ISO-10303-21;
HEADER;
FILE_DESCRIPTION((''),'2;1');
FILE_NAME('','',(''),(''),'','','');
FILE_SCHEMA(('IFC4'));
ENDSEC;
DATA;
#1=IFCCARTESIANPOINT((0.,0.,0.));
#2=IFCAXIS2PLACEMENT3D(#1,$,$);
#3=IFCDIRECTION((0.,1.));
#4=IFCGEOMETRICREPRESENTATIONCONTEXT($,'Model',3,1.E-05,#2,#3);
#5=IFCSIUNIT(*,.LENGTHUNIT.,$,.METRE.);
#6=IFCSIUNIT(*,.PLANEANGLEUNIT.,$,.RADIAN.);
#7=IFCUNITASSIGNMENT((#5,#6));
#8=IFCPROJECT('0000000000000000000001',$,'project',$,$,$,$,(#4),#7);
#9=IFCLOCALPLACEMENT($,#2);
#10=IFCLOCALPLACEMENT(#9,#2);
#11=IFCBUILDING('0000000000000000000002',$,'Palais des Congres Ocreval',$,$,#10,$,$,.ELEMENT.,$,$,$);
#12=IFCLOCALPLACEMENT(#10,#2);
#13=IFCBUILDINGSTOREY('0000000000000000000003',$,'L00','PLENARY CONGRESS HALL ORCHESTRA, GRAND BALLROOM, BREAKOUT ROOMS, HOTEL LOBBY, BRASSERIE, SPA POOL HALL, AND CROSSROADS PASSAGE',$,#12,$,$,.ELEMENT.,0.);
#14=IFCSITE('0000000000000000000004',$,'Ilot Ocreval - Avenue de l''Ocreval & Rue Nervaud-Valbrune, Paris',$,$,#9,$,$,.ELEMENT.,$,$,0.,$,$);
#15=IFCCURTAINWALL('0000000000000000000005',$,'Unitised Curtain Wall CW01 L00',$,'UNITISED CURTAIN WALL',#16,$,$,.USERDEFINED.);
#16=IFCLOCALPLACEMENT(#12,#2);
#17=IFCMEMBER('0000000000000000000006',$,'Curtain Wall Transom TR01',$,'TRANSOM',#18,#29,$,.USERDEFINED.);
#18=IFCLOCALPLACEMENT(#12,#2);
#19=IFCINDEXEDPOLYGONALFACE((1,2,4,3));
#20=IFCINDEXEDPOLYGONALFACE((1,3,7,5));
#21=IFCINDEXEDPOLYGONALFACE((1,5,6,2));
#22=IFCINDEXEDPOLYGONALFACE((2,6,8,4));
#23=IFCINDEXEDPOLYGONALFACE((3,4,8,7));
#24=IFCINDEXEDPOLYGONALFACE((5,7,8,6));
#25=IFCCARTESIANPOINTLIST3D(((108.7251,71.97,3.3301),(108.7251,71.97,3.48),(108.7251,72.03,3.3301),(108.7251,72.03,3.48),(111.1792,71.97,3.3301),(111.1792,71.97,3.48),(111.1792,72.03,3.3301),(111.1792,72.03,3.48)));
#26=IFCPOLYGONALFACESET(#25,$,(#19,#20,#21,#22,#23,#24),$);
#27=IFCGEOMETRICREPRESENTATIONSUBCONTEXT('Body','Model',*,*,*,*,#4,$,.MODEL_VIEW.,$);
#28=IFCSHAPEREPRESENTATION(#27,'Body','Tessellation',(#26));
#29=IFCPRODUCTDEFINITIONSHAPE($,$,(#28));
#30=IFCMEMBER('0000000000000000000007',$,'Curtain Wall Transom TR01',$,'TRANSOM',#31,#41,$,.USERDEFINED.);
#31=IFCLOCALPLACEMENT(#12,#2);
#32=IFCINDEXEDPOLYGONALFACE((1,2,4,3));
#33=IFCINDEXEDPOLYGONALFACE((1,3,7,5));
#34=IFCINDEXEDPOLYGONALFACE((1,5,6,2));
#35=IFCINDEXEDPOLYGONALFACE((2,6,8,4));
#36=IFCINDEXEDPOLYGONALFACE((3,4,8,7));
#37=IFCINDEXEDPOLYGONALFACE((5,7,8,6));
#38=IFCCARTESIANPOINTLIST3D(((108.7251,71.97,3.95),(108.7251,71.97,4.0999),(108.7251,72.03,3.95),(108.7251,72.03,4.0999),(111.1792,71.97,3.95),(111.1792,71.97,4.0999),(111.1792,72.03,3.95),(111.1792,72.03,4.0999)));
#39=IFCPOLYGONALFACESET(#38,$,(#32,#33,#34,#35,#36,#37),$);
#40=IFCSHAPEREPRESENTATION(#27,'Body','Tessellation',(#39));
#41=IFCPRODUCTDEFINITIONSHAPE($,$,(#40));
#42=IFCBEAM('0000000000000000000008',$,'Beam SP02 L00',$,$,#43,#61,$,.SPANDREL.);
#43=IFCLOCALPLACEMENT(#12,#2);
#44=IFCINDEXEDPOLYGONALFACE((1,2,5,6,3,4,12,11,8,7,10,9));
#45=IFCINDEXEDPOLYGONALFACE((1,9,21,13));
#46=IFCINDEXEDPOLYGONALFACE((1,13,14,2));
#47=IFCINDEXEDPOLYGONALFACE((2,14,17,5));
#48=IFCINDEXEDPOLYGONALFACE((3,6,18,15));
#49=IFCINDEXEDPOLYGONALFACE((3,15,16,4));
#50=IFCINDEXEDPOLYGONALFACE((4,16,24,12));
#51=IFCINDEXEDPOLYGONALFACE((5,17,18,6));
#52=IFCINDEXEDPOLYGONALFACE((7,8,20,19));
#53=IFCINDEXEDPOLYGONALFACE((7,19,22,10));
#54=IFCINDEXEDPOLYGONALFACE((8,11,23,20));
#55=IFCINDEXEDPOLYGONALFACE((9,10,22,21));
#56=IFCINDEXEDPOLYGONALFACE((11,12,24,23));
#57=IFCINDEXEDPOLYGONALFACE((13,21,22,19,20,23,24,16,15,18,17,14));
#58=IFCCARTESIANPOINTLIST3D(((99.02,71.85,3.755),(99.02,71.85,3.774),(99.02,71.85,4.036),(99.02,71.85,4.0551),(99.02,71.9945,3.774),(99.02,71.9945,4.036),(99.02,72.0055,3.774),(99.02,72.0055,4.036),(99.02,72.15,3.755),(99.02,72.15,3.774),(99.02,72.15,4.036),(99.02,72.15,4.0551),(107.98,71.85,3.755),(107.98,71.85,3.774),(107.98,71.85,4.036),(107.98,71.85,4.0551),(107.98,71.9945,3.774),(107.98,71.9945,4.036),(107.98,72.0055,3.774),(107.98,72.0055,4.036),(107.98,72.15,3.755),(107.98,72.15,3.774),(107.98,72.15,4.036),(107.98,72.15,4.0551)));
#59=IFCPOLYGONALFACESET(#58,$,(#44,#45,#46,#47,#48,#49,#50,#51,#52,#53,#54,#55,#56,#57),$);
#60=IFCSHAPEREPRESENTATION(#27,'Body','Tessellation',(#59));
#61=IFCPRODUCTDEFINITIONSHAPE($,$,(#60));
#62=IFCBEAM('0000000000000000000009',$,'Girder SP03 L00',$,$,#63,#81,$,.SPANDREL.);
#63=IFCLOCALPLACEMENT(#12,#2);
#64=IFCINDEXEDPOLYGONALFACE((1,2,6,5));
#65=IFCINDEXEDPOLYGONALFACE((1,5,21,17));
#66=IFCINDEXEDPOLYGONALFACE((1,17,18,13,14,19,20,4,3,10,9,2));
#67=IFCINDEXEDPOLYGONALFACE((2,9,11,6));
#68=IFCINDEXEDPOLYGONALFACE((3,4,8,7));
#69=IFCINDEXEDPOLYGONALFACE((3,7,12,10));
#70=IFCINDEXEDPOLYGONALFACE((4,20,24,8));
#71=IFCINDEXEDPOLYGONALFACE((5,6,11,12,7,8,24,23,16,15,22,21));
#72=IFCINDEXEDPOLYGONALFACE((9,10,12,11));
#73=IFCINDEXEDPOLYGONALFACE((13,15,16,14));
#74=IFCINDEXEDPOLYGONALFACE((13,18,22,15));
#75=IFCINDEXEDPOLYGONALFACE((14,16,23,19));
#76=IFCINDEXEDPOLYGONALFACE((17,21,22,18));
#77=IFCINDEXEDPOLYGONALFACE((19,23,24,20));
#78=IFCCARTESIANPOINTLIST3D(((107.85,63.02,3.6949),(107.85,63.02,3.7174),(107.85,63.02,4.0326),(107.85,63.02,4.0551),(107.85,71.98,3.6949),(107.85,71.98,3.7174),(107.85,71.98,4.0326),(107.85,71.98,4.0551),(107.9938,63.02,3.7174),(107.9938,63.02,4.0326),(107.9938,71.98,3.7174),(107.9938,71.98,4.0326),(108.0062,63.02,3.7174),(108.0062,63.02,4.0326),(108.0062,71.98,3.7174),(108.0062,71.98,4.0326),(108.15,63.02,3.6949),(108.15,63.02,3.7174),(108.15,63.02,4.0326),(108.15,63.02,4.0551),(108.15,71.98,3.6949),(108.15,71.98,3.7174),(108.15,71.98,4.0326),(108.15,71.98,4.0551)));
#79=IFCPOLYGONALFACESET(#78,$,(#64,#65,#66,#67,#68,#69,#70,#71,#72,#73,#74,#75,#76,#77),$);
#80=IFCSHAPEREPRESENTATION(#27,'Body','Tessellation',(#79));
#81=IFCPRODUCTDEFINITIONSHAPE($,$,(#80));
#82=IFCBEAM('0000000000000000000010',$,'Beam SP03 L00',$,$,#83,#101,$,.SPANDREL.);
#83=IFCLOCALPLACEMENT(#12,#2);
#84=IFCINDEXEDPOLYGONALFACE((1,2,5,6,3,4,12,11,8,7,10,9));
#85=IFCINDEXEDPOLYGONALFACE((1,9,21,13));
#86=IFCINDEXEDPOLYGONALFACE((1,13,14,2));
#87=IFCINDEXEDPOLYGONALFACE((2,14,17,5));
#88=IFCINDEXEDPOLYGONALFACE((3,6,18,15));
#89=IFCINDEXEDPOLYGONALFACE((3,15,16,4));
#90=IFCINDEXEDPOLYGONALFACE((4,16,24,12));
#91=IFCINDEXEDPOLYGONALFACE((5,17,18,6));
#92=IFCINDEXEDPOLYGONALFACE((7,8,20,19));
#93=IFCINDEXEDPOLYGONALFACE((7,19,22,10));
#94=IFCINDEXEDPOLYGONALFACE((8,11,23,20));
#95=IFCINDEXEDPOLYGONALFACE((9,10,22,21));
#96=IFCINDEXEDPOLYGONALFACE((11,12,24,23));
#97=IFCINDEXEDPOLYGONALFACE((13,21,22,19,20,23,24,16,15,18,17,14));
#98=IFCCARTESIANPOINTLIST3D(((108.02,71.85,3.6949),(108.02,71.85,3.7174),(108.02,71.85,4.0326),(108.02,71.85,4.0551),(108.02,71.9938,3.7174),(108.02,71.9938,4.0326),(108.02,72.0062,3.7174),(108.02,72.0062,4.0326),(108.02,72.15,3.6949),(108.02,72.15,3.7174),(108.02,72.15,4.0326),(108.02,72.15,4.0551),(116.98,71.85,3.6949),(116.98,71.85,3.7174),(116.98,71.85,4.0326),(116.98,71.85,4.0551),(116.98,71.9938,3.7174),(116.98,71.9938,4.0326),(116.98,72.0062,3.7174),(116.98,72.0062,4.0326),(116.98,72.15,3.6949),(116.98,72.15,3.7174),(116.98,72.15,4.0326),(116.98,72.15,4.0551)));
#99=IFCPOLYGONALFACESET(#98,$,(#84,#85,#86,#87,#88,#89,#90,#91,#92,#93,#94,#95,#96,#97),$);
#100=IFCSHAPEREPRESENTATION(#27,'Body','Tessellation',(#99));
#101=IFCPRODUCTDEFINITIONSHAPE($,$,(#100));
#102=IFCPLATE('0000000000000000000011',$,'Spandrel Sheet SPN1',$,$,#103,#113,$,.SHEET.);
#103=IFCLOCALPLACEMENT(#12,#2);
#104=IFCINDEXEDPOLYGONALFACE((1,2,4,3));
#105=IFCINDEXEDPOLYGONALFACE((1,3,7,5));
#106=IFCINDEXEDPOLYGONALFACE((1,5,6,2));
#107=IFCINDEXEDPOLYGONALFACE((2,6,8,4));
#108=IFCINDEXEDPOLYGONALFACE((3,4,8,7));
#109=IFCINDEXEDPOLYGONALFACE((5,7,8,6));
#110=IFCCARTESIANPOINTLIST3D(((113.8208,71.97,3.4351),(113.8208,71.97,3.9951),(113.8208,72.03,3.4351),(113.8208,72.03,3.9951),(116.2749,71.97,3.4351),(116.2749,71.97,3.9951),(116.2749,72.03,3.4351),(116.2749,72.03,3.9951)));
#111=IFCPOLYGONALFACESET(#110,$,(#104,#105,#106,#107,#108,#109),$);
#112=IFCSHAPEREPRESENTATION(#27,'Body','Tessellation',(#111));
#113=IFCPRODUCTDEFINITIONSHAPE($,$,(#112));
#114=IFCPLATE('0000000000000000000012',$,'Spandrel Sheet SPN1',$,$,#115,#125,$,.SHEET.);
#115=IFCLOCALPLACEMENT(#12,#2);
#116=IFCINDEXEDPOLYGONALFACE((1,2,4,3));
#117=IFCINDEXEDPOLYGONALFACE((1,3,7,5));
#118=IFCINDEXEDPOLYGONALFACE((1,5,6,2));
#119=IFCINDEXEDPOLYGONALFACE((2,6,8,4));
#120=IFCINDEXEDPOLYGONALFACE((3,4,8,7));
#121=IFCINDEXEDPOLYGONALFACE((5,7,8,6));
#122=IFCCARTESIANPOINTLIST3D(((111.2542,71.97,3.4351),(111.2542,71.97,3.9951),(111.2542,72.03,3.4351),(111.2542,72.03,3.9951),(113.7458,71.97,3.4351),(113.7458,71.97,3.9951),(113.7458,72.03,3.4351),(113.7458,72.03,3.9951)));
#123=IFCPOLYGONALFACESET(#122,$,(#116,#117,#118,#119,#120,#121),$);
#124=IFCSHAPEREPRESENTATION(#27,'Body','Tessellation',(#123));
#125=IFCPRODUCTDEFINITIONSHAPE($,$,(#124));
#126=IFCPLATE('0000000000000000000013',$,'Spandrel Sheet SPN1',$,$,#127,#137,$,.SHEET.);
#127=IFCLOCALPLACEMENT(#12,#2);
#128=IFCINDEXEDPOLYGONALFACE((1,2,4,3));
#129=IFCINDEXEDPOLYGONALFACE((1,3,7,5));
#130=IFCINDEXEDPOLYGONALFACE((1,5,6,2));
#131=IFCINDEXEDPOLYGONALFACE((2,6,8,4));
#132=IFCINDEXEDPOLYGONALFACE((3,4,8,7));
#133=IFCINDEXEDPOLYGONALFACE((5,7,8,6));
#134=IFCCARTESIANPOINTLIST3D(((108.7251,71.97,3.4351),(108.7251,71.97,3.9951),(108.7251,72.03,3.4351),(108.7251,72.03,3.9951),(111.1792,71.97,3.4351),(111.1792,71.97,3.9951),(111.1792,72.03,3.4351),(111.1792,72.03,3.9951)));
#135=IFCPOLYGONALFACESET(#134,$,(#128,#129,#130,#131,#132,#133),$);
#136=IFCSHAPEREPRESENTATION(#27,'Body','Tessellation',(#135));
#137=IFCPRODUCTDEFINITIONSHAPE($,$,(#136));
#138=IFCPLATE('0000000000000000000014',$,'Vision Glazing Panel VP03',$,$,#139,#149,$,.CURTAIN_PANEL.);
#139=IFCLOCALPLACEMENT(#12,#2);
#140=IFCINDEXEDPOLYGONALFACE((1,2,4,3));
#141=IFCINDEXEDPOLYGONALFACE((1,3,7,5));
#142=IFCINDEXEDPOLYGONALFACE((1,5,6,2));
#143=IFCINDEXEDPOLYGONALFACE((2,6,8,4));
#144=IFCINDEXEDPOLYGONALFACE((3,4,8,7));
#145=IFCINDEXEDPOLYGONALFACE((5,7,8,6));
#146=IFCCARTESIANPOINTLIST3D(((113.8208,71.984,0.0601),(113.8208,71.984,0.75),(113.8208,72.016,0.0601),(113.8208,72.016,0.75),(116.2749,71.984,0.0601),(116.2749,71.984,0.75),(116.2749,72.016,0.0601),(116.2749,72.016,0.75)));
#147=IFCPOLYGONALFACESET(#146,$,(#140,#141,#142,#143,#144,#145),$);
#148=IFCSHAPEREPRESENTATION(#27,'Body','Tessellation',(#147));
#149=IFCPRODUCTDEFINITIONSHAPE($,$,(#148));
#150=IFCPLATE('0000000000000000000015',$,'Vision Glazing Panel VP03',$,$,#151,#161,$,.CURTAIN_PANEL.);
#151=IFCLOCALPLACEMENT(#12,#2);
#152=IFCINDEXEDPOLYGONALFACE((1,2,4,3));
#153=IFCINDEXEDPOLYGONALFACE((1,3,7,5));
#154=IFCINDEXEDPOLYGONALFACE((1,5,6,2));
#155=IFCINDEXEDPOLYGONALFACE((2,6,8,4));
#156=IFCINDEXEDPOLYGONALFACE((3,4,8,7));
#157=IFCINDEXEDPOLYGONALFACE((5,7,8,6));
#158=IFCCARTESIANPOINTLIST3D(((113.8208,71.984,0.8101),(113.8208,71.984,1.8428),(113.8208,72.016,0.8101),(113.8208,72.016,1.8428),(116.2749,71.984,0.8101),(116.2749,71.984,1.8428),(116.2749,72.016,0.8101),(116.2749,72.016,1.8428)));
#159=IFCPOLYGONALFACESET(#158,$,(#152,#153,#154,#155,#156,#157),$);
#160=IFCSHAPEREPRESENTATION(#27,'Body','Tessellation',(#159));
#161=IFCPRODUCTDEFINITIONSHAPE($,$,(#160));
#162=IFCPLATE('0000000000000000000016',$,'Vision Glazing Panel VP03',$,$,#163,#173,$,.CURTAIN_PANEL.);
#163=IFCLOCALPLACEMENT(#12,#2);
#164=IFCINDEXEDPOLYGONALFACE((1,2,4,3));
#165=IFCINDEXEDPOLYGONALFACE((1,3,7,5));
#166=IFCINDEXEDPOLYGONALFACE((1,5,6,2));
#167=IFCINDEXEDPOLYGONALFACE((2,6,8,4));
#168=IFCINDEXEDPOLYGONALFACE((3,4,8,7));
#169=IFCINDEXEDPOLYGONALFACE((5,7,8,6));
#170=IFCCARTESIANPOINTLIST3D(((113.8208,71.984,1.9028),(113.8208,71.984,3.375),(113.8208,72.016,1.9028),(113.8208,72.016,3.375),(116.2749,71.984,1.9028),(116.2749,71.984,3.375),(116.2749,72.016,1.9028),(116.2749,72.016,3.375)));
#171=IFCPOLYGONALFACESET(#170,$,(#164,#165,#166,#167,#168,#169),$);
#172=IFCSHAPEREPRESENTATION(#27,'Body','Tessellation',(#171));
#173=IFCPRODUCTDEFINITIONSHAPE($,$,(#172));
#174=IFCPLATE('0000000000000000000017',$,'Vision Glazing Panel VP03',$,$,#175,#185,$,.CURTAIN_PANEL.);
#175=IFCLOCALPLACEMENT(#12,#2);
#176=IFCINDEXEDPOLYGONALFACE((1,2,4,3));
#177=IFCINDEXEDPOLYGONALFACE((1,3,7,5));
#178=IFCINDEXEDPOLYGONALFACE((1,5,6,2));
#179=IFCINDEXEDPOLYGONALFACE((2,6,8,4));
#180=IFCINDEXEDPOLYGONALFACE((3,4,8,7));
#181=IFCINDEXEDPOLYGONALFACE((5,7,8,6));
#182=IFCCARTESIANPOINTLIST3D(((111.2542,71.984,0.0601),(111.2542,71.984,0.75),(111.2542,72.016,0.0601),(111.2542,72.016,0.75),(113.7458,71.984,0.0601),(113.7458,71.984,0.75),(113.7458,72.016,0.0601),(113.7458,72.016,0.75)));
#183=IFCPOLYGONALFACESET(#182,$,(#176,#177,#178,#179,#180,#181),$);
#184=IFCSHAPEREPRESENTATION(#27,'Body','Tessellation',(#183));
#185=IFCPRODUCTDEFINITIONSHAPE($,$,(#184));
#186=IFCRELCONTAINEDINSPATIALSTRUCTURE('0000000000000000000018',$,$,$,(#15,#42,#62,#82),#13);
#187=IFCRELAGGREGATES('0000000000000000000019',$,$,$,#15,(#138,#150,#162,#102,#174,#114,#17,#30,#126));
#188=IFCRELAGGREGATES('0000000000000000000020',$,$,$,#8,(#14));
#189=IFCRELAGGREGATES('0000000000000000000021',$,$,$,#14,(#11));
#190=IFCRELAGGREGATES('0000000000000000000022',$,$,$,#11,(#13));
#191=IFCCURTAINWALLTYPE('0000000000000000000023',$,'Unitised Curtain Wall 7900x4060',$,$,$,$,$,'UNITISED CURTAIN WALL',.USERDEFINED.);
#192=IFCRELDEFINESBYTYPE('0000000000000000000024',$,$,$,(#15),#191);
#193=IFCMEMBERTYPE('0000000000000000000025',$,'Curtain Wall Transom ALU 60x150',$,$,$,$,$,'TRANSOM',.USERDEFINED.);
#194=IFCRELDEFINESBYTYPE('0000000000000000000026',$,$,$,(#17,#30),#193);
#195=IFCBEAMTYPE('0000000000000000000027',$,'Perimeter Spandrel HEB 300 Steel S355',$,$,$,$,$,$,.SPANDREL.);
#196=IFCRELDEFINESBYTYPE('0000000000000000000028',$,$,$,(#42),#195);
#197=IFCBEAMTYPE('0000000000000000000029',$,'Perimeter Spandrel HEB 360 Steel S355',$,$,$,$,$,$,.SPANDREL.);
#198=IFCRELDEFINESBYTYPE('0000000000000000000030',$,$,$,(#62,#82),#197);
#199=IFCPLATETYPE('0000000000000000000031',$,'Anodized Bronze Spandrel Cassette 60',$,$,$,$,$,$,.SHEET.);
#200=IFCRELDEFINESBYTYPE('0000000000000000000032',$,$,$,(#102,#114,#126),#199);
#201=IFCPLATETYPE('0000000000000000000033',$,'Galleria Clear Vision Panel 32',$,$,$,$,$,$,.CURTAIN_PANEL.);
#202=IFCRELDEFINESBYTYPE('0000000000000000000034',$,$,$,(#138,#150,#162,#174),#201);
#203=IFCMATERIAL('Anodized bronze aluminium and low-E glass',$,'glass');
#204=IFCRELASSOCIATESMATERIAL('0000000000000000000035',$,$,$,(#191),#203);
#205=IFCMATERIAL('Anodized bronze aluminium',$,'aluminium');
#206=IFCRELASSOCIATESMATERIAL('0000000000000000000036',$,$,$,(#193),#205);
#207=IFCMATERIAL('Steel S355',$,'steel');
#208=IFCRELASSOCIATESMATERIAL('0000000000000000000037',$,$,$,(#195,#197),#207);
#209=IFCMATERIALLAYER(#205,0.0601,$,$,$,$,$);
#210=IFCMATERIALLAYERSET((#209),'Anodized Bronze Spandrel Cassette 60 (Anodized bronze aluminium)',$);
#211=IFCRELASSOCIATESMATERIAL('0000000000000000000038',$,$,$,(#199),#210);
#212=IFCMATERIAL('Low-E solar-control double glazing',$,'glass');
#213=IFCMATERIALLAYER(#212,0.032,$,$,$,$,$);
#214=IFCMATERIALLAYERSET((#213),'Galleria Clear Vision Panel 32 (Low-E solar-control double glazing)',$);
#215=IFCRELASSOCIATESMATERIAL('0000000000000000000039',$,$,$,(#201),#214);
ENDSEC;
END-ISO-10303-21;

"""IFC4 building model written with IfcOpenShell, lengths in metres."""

from ifc_helpers import new_model, si_unit, direction, frame, origin, origin_2d, place, context, subcontext, project, spatial, rectangle, i_section, extrude, material, layer, layer_set, material_profile, profile_set, type_object, element, aggregate, save


model = new_model("IFC4")

# Units and contexts
model_context = context("Model", 3, precision=1e-05, world=origin(), true_north=direction((0.0, 1.0)))
body_context = subcontext(model_context, "Body", "Model", "MODEL_VIEW")
ifc_project = project(units=[si_unit("LENGTHUNIT", "METRE"), si_unit("PLANEANGLEUNIT", "RADIAN")], contexts=[model_context])

# Site, building, storey
site_placement = place(None, origin())
site = spatial("IfcSite", under=ifc_project, at=site_placement, Name="Ilot Ocreval - Avenue de l'Ocreval & Rue Nervaud-Valbrune, Paris", CompositionType="ELEMENT", RefElevation=0.0)
building_placement = place(site_placement, origin())
building = spatial("IfcBuilding", under=site, at=building_placement, Name="Palais des Congres Ocreval", CompositionType="ELEMENT")
storey_placement = place(building_placement, origin())
storey = spatial("IfcBuildingStorey", under=building, at=storey_placement, Name="L00", Description="PLENARY CONGRESS HALL ORCHESTRA, GRAND BALLROOM, BREAKOUT ROOMS, HOTEL LOBBY, BRASSERIE, SPA POOL HALL, AND CROSSROADS PASSAGE", CompositionType="ELEMENT", Elevation=0.0)

# Curtain wall, members
ifc_material_1 = material(Name="Anodized bronze aluminium and low-E glass", Category="glass")
curtain_wall_type = type_object("IfcCurtainWallType", Name="Unitised Curtain Wall 7900x4060", ElementType="UNITISED CURTAIN WALL", PredefinedType="USERDEFINED", material=ifc_material_1)
curtain_wall_placement = place(storey_placement, origin())
curtain_wall = element("IfcCurtainWall", 1, at=curtain_wall_placement, inside=storey, type_object=curtain_wall_type, Name="Unitised Curtain Wall CW01 L00", ObjectType="UNITISED CURTAIN WALL", PredefinedType="USERDEFINED")
ifc_material_2 = material(Name="Anodized bronze aluminium", Category="aluminium")
ifc_material_profile_1 = material_profile(ifc_material_2, rectangle(XDim=0.0601, YDim=0.1499, at=origin_2d()), Name="ALU 60x150")
ifc_profile_set_1 = profile_set([ifc_material_profile_1], Name="Anodized bronze aluminium")
member_type_1 = type_object("IfcMemberType", Name="Curtain Wall Transom ALU 60x150", ElementType="TRANSOM", PredefinedType="USERDEFINED", material=ifc_profile_set_1)
member_1_placement = place(storey_placement, frame((111.1792, 72.0, 3.405), z_axis=(-1.0, 0.0, 0.0), x_axis=(0.0, -1.0, 0.0)))
member_1 = element("IfcMember", 2, at=member_1_placement, type_object=member_type_1, Name="Curtain Wall Transom TR01", ObjectType="TRANSOM", PredefinedType="USERDEFINED", context=body_context, shape_type="SweptSolid", body=[
    extrude(rectangle(XDim=0.0601, YDim=0.1499, at=origin_2d()), origin(), (0.0, 0.0, 1.0), 2.4541),
])
member_2_placement = place(storey_placement, frame((111.1792, 72.0, 4.0249), z_axis=(-1.0, 0.0, 0.0), x_axis=(0.0, -1.0, 0.0)))
member_2 = element("IfcMember", 3, at=member_2_placement, type_object=member_type_1, Name="Curtain Wall Transom TR01", ObjectType="TRANSOM", PredefinedType="USERDEFINED", context=body_context, shape_type="SweptSolid", body=[
    extrude(rectangle(XDim=0.0601, YDim=0.1499, at=origin_2d()), origin(), (0.0, 0.0, 1.0), 2.4541),
])

# Beams
ifc_material_3 = material(Name="Steel S355", Category="steel")
ifc_material_profile_2 = material_profile(ifc_material_3, i_section(OverallWidth=0.3, OverallDepth=0.3, WebThickness=0.011, FlangeThickness=0.019, at=origin_2d()), Name="HEB 300")
ifc_profile_set_2 = profile_set([ifc_material_profile_2], Name="Steel S355")
beam_type_1 = type_object("IfcBeamType", Name="Perimeter Spandrel HEB 300 Steel S355", PredefinedType="SPANDREL", material=ifc_profile_set_2)
beam_placement = place(storey_placement, frame((99.02, 72.0, 3.905), z_axis=(1.0, 0.0, 0.0), x_axis=(0.0, 1.0, 0.0)))
element("IfcBeam", 4, at=beam_placement, inside=storey, type_object=beam_type_1, Name="Beam SP02 L00", PredefinedType="SPANDREL", context=body_context, shape_type="SweptSolid", body=[
    extrude(i_section(OverallWidth=0.3, OverallDepth=0.3, WebThickness=0.011, FlangeThickness=0.019, at=origin_2d()), origin(), (0.0, 0.0, 1.0), 8.96),
])
ifc_material_profile_3 = material_profile(ifc_material_3, i_section(OverallWidth=0.3, OverallDepth=0.3601, WebThickness=0.0125, FlangeThickness=0.0225, at=origin_2d()), Name="HEB 360")
ifc_profile_set_3 = profile_set([ifc_material_profile_3], Name="Steel S355")
beam_type_2 = type_object("IfcBeamType", Name="Perimeter Spandrel HEB 360 Steel S355", PredefinedType="SPANDREL", material=ifc_profile_set_3)
for number, where, z_axis, x_axis, name in (
    (5, (108.0, 63.02, 3.875), (0.0, 1.0, 0.0), (-1.0, 0.0, 0.0), "Girder SP03 L00"),
    (6, (108.02, 72.0, 3.875), (1.0, 0.0, 0.0), (0.0, 1.0, 0.0), "Beam SP03 L00"),
):
    element("IfcBeam", number, at=place(storey_placement, frame(where, z_axis=z_axis, x_axis=x_axis)), inside=storey, type_object=beam_type_2, Name=name, PredefinedType="SPANDREL", context=body_context, shape_type="SweptSolid", body=[
        extrude(i_section(OverallWidth=0.3, OverallDepth=0.3601, WebThickness=0.0125, FlangeThickness=0.0225, at=origin_2d()), origin(), (0.0, 0.0, 1.0), 8.96),
    ])

# Plates
ifc_layer_1 = layer(ifc_material_2, 0.0601)
ifc_layer_set_1 = layer_set([ifc_layer_1], Name="Anodized Bronze Spandrel Cassette 60 (Anodized bronze aluminium)")
plate_type_1 = type_object("IfcPlateType", Name="Anodized Bronze Spandrel Cassette 60", PredefinedType="SHEET", material=ifc_layer_set_1)
plate_1_placement = place(storey_placement, frame((115.0479, 72.0, 3.4351), z_axis=(0.0, 0.0, 1.0), x_axis=(-1.0, 0.0, 0.0)))
plate_1 = element("IfcPlate", 7, at=plate_1_placement, type_object=plate_type_1, Name="Spandrel Sheet SPN1", PredefinedType="SHEET", context=body_context, shape_type="SweptSolid", body=[
    extrude(rectangle(XDim=2.4541, YDim=0.0601, at=origin_2d()), origin(), (0.0, 0.0, 1.0), 0.5601),
])
plate_2_placement = place(storey_placement, frame((112.5, 72.0, 3.4351), z_axis=(0.0, 0.0, 1.0), x_axis=(-1.0, 0.0, 0.0)))
plate_2 = element("IfcPlate", 8, at=plate_2_placement, type_object=plate_type_1, Name="Spandrel Sheet SPN1", PredefinedType="SHEET", context=body_context, shape_type="SweptSolid", body=[
    extrude(rectangle(XDim=2.4917, YDim=0.0601, at=origin_2d()), origin(), (0.0, 0.0, 1.0), 0.5601),
])
plate_3_placement = place(storey_placement, frame((109.9521, 72.0, 3.4351), z_axis=(0.0, 0.0, 1.0), x_axis=(-1.0, 0.0, 0.0)))
plate_3 = element("IfcPlate", 9, at=plate_3_placement, type_object=plate_type_1, Name="Spandrel Sheet SPN1", PredefinedType="SHEET", context=body_context, shape_type="SweptSolid", body=[
    extrude(rectangle(XDim=2.4541, YDim=0.0601, at=origin_2d()), origin(), (0.0, 0.0, 1.0), 0.5601),
])
ifc_material_4 = material(Name="Low-E solar-control double glazing", Category="glass")
ifc_layer_2 = layer(ifc_material_4, 0.032)
ifc_layer_set_2 = layer_set([ifc_layer_2], Name="Galleria Clear Vision Panel 32 (Low-E solar-control double glazing)")
plate_type_2 = type_object("IfcPlateType", Name="Galleria Clear Vision Panel 32", PredefinedType="CURTAIN_PANEL", material=ifc_layer_set_2)
plate_4_placement = place(storey_placement, frame((115.0479, 72.0, 0.0601), z_axis=(0.0, 0.0, 1.0), x_axis=(-1.0, 0.0, 0.0)))
plate_4 = element("IfcPlate", 10, at=plate_4_placement, type_object=plate_type_2, Name="Vision Glazing Panel VP03", PredefinedType="CURTAIN_PANEL", context=body_context, shape_type="SweptSolid", body=[
    extrude(rectangle(XDim=2.4541, YDim=0.032, at=origin_2d()), origin(), (0.0, 0.0, 1.0), 0.6899),
])
plate_5_placement = place(storey_placement, frame((115.0479, 72.0, 0.8101), z_axis=(0.0, 0.0, 1.0), x_axis=(-1.0, 0.0, 0.0)))
plate_5 = element("IfcPlate", 11, at=plate_5_placement, type_object=plate_type_2, Name="Vision Glazing Panel VP03", PredefinedType="CURTAIN_PANEL", context=body_context, shape_type="SweptSolid", body=[
    extrude(rectangle(XDim=2.4541, YDim=0.032, at=origin_2d()), origin(), (0.0, 0.0, 1.0), 1.0327),
])
plate_6_placement = place(storey_placement, frame((115.0479, 72.0, 1.9028), z_axis=(0.0, 0.0, 1.0), x_axis=(-1.0, 0.0, 0.0)))
plate_6 = element("IfcPlate", 12, at=plate_6_placement, type_object=plate_type_2, Name="Vision Glazing Panel VP03", PredefinedType="CURTAIN_PANEL", context=body_context, shape_type="SweptSolid", body=[
    extrude(rectangle(XDim=2.4541, YDim=0.032, at=origin_2d()), origin(), (0.0, 0.0, 1.0), 1.4722),
])
plate_7_placement = place(storey_placement, frame((112.5, 72.0, 0.0601), z_axis=(0.0, 0.0, 1.0), x_axis=(-1.0, 0.0, 0.0)))
plate_7 = element("IfcPlate", 13, at=plate_7_placement, type_object=plate_type_2, Name="Vision Glazing Panel VP03", PredefinedType="CURTAIN_PANEL", context=body_context, shape_type="SweptSolid", body=[
    extrude(rectangle(XDim=2.4917, YDim=0.032, at=origin_2d()), origin(), (0.0, 0.0, 1.0), 0.6899),
])
aggregate(curtain_wall, [plate_4, plate_5, plate_6, plate_1, plate_7, plate_2, member_1, member_2, plate_3])

save(model, "model.ifc")
